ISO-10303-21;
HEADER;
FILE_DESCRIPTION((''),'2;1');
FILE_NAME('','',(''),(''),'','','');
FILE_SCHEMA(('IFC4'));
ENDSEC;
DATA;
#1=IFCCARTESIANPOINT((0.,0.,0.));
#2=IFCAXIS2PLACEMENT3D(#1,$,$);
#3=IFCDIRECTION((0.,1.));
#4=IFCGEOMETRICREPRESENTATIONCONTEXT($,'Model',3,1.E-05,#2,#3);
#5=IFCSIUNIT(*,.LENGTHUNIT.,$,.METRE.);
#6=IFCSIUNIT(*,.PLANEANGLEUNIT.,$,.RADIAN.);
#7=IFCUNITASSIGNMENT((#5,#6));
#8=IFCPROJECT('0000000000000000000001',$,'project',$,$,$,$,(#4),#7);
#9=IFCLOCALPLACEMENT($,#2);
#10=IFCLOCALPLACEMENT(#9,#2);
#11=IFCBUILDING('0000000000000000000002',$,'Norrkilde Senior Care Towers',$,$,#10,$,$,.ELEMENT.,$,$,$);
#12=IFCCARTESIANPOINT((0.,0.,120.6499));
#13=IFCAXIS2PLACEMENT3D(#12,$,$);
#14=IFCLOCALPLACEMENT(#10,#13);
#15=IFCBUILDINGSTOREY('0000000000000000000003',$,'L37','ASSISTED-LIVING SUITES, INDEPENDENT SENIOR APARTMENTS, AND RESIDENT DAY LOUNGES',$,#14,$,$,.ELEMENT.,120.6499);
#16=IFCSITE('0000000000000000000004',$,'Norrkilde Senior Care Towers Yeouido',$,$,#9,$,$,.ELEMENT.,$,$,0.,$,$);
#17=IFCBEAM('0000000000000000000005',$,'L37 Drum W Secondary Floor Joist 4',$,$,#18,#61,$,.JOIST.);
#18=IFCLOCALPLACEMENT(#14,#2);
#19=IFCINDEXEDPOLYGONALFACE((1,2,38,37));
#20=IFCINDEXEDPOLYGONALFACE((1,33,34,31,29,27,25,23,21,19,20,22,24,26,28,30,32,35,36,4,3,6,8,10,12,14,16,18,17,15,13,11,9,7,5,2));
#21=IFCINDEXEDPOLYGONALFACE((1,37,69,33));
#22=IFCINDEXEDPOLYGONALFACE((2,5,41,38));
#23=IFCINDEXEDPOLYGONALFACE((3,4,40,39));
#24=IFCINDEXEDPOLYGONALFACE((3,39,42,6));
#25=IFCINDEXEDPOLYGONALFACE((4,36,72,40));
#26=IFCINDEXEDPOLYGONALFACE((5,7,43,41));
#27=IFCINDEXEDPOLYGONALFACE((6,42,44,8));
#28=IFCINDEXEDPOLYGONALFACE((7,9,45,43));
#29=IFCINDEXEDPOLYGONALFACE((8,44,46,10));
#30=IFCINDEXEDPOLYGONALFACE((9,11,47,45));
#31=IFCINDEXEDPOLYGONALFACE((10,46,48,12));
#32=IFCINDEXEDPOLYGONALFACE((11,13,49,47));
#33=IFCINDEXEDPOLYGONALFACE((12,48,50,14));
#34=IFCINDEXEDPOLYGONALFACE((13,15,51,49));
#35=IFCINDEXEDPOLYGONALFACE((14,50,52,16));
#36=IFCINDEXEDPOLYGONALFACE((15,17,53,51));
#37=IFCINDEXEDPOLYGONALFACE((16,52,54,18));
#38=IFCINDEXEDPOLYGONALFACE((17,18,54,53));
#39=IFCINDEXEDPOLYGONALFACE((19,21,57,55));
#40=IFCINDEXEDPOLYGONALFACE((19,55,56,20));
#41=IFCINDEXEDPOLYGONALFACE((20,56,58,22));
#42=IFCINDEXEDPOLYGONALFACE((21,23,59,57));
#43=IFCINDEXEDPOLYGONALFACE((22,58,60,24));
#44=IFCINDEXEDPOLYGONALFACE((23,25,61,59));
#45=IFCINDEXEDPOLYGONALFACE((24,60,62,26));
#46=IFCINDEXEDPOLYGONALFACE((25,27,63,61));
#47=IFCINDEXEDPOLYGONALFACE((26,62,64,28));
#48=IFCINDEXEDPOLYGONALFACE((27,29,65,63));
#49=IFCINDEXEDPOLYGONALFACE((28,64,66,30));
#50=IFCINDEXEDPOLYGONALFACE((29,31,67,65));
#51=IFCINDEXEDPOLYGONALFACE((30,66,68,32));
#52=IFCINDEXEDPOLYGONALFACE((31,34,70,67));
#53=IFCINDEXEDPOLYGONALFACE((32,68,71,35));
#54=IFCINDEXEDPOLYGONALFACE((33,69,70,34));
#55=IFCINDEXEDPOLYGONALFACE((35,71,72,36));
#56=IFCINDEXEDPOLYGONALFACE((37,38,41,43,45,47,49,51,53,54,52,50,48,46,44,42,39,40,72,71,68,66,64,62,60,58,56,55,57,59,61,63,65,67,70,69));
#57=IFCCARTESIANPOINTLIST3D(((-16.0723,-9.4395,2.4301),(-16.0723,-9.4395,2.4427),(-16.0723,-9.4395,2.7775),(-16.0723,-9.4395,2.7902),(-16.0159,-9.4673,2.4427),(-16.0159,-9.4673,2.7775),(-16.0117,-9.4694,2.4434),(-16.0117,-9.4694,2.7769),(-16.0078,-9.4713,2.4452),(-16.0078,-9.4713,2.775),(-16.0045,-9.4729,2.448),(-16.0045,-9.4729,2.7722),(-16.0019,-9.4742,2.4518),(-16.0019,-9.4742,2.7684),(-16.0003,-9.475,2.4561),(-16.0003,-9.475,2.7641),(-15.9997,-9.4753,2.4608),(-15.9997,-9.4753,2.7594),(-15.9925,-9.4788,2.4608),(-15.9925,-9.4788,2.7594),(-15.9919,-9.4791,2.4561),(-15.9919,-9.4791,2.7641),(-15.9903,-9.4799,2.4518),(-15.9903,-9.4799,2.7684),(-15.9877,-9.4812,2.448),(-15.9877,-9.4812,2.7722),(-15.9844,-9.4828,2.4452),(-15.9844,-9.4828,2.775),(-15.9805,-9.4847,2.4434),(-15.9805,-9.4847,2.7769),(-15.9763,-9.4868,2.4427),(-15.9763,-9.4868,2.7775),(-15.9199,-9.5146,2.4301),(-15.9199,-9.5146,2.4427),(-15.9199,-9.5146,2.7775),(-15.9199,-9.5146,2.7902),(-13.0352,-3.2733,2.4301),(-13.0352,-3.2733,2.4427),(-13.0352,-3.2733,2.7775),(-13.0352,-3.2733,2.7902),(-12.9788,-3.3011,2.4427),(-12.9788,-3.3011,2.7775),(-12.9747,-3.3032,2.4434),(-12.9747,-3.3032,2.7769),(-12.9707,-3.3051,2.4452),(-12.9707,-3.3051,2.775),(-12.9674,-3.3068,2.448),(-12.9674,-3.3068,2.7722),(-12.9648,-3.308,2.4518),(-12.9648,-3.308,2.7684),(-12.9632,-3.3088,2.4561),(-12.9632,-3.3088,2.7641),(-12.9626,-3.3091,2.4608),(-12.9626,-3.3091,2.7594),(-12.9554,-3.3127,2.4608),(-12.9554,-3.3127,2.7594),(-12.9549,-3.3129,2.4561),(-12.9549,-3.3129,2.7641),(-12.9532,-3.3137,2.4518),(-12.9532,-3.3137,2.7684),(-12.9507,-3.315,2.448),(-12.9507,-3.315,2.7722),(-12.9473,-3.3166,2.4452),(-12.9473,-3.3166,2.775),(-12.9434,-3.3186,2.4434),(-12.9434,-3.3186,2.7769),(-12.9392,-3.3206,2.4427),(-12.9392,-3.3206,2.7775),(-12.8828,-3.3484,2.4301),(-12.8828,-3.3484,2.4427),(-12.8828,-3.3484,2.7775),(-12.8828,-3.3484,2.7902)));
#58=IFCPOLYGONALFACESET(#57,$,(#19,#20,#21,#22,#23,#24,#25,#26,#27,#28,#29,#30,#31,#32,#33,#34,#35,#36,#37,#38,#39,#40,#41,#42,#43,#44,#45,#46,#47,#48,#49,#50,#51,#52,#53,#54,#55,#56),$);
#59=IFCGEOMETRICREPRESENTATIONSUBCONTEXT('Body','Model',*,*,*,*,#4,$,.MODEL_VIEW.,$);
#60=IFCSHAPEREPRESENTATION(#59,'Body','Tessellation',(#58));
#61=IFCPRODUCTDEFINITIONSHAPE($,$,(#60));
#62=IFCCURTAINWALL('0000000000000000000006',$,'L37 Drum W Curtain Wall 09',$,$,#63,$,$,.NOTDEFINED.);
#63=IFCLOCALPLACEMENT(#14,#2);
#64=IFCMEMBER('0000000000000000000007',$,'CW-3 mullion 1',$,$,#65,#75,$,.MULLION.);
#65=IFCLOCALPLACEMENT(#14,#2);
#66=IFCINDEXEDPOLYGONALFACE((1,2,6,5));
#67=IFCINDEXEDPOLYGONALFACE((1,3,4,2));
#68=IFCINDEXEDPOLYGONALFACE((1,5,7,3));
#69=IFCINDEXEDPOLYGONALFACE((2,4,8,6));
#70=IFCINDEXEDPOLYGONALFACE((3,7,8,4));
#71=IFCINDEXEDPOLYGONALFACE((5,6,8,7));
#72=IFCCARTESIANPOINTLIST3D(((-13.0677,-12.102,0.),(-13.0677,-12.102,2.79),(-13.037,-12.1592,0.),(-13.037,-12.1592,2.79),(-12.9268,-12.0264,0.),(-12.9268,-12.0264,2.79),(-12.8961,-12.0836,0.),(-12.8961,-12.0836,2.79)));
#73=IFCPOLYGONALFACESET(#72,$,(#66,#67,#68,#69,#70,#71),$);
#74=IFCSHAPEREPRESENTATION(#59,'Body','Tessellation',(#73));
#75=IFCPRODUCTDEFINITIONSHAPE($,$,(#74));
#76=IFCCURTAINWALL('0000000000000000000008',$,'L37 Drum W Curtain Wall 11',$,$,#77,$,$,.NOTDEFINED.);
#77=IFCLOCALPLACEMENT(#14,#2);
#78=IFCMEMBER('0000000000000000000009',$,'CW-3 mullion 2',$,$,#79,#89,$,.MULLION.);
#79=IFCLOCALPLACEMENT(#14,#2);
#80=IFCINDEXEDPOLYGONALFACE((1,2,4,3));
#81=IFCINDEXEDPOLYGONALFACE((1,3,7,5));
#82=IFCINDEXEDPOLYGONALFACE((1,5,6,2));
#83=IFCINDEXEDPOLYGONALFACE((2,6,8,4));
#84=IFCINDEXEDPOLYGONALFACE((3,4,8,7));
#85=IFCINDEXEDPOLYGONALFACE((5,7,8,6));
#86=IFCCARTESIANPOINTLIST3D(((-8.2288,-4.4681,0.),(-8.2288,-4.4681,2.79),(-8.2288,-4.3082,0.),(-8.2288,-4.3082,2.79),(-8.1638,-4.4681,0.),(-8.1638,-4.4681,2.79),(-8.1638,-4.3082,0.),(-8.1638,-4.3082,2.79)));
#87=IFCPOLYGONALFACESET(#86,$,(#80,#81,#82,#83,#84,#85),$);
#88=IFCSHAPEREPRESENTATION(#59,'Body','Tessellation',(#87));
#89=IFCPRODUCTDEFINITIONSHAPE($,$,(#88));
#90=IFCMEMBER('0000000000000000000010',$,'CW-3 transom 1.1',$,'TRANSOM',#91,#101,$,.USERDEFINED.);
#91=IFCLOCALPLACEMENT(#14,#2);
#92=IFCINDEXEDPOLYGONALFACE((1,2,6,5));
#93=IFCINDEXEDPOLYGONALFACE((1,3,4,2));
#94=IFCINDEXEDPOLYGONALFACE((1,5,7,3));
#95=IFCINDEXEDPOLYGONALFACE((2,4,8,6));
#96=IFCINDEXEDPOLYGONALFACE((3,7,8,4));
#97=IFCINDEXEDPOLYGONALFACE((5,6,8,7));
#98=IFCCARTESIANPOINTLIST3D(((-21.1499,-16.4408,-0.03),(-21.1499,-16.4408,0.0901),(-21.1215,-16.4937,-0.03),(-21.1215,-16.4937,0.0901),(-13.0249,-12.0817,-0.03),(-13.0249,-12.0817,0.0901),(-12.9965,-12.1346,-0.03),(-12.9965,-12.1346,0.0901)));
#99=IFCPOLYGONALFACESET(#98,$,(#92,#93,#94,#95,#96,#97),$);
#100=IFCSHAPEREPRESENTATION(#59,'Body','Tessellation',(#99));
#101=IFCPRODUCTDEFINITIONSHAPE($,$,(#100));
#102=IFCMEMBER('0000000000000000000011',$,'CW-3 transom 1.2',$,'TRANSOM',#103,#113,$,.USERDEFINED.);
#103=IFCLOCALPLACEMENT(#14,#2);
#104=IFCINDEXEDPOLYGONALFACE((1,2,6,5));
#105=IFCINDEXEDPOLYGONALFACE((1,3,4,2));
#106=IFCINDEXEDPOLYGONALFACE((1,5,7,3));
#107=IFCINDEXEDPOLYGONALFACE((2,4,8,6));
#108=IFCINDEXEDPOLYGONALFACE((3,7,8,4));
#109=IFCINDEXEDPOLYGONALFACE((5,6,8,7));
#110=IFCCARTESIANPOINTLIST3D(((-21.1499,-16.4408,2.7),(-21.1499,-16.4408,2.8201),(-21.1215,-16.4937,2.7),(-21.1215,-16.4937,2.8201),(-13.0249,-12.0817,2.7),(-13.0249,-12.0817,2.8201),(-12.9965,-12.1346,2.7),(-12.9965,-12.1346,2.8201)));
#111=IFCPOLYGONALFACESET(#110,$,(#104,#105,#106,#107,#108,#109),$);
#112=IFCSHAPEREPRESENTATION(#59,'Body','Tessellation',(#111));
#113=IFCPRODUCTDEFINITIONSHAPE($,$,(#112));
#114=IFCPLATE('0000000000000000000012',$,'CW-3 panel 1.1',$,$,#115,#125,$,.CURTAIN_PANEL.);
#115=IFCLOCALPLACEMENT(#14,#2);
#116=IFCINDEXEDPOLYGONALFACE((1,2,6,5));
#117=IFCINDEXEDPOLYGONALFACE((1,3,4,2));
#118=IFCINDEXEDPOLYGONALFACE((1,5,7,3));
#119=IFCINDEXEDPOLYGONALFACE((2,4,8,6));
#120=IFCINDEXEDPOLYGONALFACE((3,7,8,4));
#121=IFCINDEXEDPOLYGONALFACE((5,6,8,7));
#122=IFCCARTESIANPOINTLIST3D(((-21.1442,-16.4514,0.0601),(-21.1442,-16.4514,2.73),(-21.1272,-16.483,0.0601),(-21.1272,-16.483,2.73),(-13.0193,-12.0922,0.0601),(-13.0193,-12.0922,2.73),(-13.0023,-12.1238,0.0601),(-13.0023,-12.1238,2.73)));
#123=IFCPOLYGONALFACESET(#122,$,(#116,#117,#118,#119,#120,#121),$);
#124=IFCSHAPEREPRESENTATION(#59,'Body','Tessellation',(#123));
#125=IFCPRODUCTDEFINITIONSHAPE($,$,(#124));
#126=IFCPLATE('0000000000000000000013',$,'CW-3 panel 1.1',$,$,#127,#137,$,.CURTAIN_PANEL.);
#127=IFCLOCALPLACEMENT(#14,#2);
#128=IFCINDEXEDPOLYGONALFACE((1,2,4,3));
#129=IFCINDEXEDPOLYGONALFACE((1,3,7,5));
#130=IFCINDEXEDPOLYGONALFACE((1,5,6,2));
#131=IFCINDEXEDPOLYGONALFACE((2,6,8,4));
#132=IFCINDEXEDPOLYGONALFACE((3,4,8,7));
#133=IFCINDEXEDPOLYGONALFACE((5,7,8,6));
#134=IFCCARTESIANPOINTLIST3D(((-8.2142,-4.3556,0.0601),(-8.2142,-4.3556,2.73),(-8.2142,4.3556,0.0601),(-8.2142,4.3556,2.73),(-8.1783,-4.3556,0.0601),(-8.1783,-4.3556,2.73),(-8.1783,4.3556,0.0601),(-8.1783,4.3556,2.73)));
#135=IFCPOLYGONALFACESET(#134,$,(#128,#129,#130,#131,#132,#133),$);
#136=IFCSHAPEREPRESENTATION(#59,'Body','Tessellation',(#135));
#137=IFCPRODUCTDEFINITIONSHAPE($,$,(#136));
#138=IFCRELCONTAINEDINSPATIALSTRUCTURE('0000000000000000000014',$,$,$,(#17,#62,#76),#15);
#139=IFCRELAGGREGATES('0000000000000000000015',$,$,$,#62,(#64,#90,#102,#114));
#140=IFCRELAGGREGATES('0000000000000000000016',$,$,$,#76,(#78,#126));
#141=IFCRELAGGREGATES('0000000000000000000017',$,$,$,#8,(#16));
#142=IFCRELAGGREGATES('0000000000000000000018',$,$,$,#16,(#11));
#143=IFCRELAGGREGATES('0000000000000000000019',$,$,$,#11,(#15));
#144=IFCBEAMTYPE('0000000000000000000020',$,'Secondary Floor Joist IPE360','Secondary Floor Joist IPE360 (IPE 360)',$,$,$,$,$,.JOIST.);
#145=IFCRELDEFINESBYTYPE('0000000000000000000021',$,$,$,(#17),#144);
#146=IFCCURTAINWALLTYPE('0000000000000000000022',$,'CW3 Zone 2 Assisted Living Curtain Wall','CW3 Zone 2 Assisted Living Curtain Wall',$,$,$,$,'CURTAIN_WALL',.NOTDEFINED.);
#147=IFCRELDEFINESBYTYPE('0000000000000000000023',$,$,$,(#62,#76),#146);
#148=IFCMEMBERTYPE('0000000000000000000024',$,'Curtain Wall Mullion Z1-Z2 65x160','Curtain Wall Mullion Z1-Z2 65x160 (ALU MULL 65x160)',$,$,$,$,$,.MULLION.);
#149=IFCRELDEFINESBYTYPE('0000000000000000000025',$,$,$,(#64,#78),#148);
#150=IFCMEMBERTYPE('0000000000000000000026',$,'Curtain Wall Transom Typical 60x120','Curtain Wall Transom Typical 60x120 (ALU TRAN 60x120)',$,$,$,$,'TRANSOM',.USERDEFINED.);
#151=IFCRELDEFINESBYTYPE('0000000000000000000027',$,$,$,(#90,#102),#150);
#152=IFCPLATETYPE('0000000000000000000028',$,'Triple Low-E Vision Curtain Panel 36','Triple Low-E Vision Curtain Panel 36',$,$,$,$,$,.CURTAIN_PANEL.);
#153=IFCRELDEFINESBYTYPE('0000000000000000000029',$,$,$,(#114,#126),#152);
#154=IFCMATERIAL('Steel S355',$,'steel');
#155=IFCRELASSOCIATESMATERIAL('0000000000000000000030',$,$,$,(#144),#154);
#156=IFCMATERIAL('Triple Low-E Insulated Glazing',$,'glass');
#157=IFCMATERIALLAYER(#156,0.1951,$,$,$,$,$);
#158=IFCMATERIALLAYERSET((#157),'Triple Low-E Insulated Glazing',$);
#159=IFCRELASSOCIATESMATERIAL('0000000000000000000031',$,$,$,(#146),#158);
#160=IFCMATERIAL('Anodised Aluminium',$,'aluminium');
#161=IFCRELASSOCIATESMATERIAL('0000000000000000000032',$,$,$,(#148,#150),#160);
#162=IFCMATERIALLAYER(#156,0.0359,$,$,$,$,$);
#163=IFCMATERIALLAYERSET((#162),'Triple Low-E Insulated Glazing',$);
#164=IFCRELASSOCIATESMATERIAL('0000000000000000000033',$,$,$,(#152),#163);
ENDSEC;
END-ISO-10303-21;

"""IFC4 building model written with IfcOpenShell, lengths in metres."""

from ifc_helpers import new_model, si_unit, direction, frame, origin, origin_2d, place, context, subcontext, project, spatial, rectangle, i_section, extrude, source, transform, mapped, material, layer, layer_set, material_profile, profile_set, type_object, type_shapes, element, aggregate, save


model = new_model("IFC4")

# Units and contexts
model_context = context("Model", 3, precision=1e-05, world=origin(), true_north=direction((0.0, 1.0)))
body_context = subcontext(model_context, "Body", "Model", "MODEL_VIEW")
ifc_project = project(units=[si_unit("LENGTHUNIT", "METRE"), si_unit("PLANEANGLEUNIT", "RADIAN")], contexts=[model_context])

# Site, building, storey
site_placement = place(None, origin())
site = spatial("IfcSite", under=ifc_project, at=site_placement, Name="Norrkilde Senior Care Towers Yeouido", CompositionType="ELEMENT", RefElevation=0.0)
building_placement = place(site_placement, origin())
building = spatial("IfcBuilding", under=site, at=building_placement, Name="Norrkilde Senior Care Towers", CompositionType="ELEMENT")
storey_placement = place(building_placement, frame((0.0, 0.0, 120.6499)))
storey = spatial("IfcBuildingStorey", under=building, at=storey_placement, Name="L37", Description="ASSISTED-LIVING SUITES, INDEPENDENT SENIOR APARTMENTS, AND RESIDENT DAY LOUNGES", CompositionType="ELEMENT", Elevation=120.6499)

# Beam
ifc_material_1 = material(Name="Steel S355", Category="steel")
ifc_material_profile_1 = material_profile(ifc_material_1, i_section(OverallWidth=0.1699, OverallDepth=0.3601, WebThickness=0.0081, FlangeThickness=0.0127, FilletRadius=0.0181, at=origin_2d()), Name="IPE 360")
ifc_profile_set_1 = profile_set([ifc_material_profile_1], Name="Steel S355")
beam_type_1 = type_object("IfcBeamType", Name="Secondary Floor Joist IPE360", Description="Secondary Floor Joist IPE360 (IPE 360)", PredefinedType="JOIST", material=ifc_profile_set_1)
shared_shape_1 = source(origin(), body_context, "Body", "SweptSolid", [
    extrude(i_section(OverallWidth=0.1699, OverallDepth=0.3601, WebThickness=0.0081, FlangeThickness=0.0127, FilletRadius=0.0181, at=origin_2d()), origin(), (0.0, 0.0, 1.0), 6.8735),
])
type_shapes(beam_type_1, [shared_shape_1])
beam_1_placement = place(storey_placement, frame((-15.9961, -9.4771, 2.6101), z_axis=(0.441849, 0.897089, 0.0), x_axis=(-0.897089, 0.441849, 0.0)))
element("IfcBeam", 1, at=beam_1_placement, inside=storey, type_object=beam_type_1, Name="L37 Drum W Secondary Floor Joist 4", PredefinedType="JOIST", context=body_context, shape_type="MappedRepresentation", body=[
    mapped(shared_shape_1, transform((0.0, 0.0, 0.0), x_axis=(1.0, 0.0, 0.0), y_axis=(0.0, 1.0, 0.0), z_axis=(0.0, 0.0, 1.0), scale=1.0)),
])

# Curtain walls, members
ifc_material_2 = material(Name="Triple Low-E Insulated Glazing", Category="glass")
ifc_layer_1 = layer(ifc_material_2, 0.1951)
ifc_layer_set_1 = layer_set([ifc_layer_1], Name="Triple Low-E Insulated Glazing")
curtain_wall_type = type_object("IfcCurtainWallType", Name="CW3 Zone 2 Assisted Living Curtain Wall", Description="CW3 Zone 2 Assisted Living Curtain Wall", ElementType="CURTAIN_WALL", PredefinedType="NOTDEFINED", material=ifc_layer_set_1)
curtain_wall_1_placement = place(storey_placement, origin())
curtain_wall_1 = element("IfcCurtainWall", 2, at=curtain_wall_1_placement, inside=storey, type_object=curtain_wall_type, Name="L37 Drum W Curtain Wall 09", PredefinedType="NOTDEFINED")
ifc_material_3 = material(Name="Anodised Aluminium", Category="aluminium")
ifc_material_profile_2 = material_profile(ifc_material_3, rectangle(XDim=0.0649, YDim=0.1599, at=origin_2d()), Name="ALU MULL 65x160")
ifc_profile_set_2 = profile_set([ifc_material_profile_2], Name="Anodised Aluminium")
member_type_1 = type_object("IfcMemberType", Name="Curtain Wall Mullion Z1-Z2 65x160", Description="Curtain Wall Mullion Z1-Z2 65x160 (ALU MULL 65x160)", PredefinedType="MULLION", material=ifc_profile_set_2)
shared_shape_2 = source(origin(), body_context, "Body", "SweptSolid", [
    extrude(rectangle(XDim=0.0649, YDim=0.1599, at=origin_2d()), origin(), (0.0, 0.0, 1.0), 2.79),
])
type_shapes(member_type_1, [shared_shape_2])
member_1_placement = place(storey_placement, frame((-12.9819, -12.0928, 0.0), z_axis=(0.0, 0.0, 1.0), x_axis=(0.472769, -0.881186, 0.0)))
member_1 = element("IfcMember", 3, at=member_1_placement, type_object=member_type_1, Name="CW-3 mullion 1", PredefinedType="MULLION", context=body_context, shape_type="MappedRepresentation", body=[
    mapped(shared_shape_2, transform((0.0, 0.0, 0.0), x_axis=(1.0, 0.0, 0.0), y_axis=(0.0, 1.0, 0.0), z_axis=(0.0, 0.0, 1.0), scale=1.0)),
])
curtain_wall_2_placement = place(storey_placement, origin())
curtain_wall_2 = element("IfcCurtainWall", 4, at=curtain_wall_2_placement, inside=storey, type_object=curtain_wall_type, Name="L37 Drum W Curtain Wall 11", PredefinedType="NOTDEFINED")
member_2_placement = place(storey_placement, frame((-8.1963, -4.3882, 0.0), z_axis=(0.0, 0.0, 1.0), x_axis=(1.0, 0.0, 0.0)))
member_2 = element("IfcMember", 5, at=member_2_placement, type_object=member_type_1, Name="CW-3 mullion 2", PredefinedType="MULLION", context=body_context, shape_type="MappedRepresentation", body=[
    mapped(shared_shape_2, transform((0.0, 0.0, 0.0), x_axis=(1.0, 0.0, 0.0), y_axis=(0.0, 1.0, 0.0), z_axis=(0.0, 0.0, 1.0), scale=1.0)),
])

# Members
ifc_material_profile_3 = material_profile(ifc_material_3, rectangle(XDim=0.0601, YDim=0.1201, at=origin_2d()), Name="ALU TRAN 60x120")
ifc_profile_set_3 = profile_set([ifc_material_profile_3], Name="Anodised Aluminium")
member_type_2 = type_object("IfcMemberType", Name="Curtain Wall Transom Typical 60x120", Description="Curtain Wall Transom Typical 60x120 (ALU TRAN 60x120)", ElementType="TRANSOM", PredefinedType="USERDEFINED", material=ifc_profile_set_3)
shared_shape_3 = source(origin(), body_context, "Body", "SweptSolid", [
    extrude(rectangle(XDim=0.0601, YDim=0.1201, at=origin_2d()), origin(), (0.0, 0.0, 1.0), 9.2205),
])
type_shapes(member_type_2, [shared_shape_3])
member_3_placement = place(storey_placement, frame((-13.0107, -12.1082, 0.03), z_axis=(-0.881189, -0.472765, 0.0), x_axis=(0.472765, -0.881189, 0.0)))
member_3 = element("IfcMember", 6, at=member_3_placement, type_object=member_type_2, Name="CW-3 transom 1.1", ObjectType="TRANSOM", PredefinedType="USERDEFINED", context=body_context, shape_type="MappedRepresentation", body=[
    mapped(shared_shape_3, transform((0.0, 0.0, 0.0), x_axis=(1.0, 0.0, 0.0), y_axis=(0.0, 1.0, 0.0), z_axis=(0.0, 0.0, 1.0), scale=1.0)),
])
member_4_placement = place(storey_placement, frame((-13.0107, -12.1082, 2.76), z_axis=(-0.881189, -0.472765, 0.0), x_axis=(0.472765, -0.881189, 0.0)))
member_4 = element("IfcMember", 7, at=member_4_placement, type_object=member_type_2, Name="CW-3 transom 1.2", ObjectType="TRANSOM", PredefinedType="USERDEFINED", context=body_context, shape_type="MappedRepresentation", body=[
    mapped(shared_shape_3, transform((0.0, 0.0, 0.0), x_axis=(1.0, 0.0, 0.0), y_axis=(0.0, 1.0, 0.0), z_axis=(0.0, 0.0, 1.0), scale=1.0)),
])

# Plates
ifc_layer_2 = layer(ifc_material_2, 0.0359)
ifc_layer_set_2 = layer_set([ifc_layer_2], Name="Triple Low-E Insulated Glazing")
plate_type = type_object("IfcPlateType", Name="Triple Low-E Vision Curtain Panel 36", Description="Triple Low-E Vision Curtain Panel 36", PredefinedType="CURTAIN_PANEL", material=ifc_layer_set_2)
shared_shape_4 = source(origin(), body_context, "Body", "SweptSolid", [
    extrude(rectangle(XDim=9.2205, YDim=0.0359, at=origin_2d()), origin(), (0.0, 0.0, 1.0), 2.6699),
])
plate_1_placement = place(storey_placement, frame((-17.0732, -14.2876, 0.0601), z_axis=(0.0, 0.0, 1.0), x_axis=(-0.881186, -0.472769, 0.0)))
plate_1 = element("IfcPlate", 8, at=plate_1_placement, type_object=plate_type, Name="CW-3 panel 1.1", PredefinedType="CURTAIN_PANEL", context=body_context, shape_type="MappedRepresentation", body=[
    mapped(shared_shape_4, transform((0.0, 0.0, 0.0), x_axis=(1.0, 0.0, 0.0), y_axis=(0.0, 1.0, 0.0), z_axis=(0.0, 0.0, 1.0), scale=1.0)),
])
aggregate(curtain_wall_1, [member_1, member_3, member_4, plate_1])
shared_shape_5 = source(origin(), body_context, "Body", "SweptSolid", [
    extrude(rectangle(XDim=8.7112, YDim=0.0359, at=origin_2d()), origin(), (0.0, 0.0, 1.0), 2.6699),
])
type_shapes(plate_type, [shared_shape_4, shared_shape_5])
plate_2_placement = place(storey_placement, frame((-8.1963, 0.0, 0.0601), z_axis=(0.0, 0.0, 1.0), x_axis=(0.0, -1.0, 0.0)))
plate_2 = element("IfcPlate", 9, at=plate_2_placement, type_object=plate_type, Name="CW-3 panel 1.1", PredefinedType="CURTAIN_PANEL", context=body_context, shape_type="MappedRepresentation", body=[
    mapped(shared_shape_5, transform((0.0, 0.0, 0.0), x_axis=(1.0, 0.0, 0.0), y_axis=(0.0, 1.0, 0.0), z_axis=(0.0, 0.0, 1.0), scale=1.0)),
])
aggregate(curtain_wall_2, [member_2, plate_2])

save(model, "model.ifc")
